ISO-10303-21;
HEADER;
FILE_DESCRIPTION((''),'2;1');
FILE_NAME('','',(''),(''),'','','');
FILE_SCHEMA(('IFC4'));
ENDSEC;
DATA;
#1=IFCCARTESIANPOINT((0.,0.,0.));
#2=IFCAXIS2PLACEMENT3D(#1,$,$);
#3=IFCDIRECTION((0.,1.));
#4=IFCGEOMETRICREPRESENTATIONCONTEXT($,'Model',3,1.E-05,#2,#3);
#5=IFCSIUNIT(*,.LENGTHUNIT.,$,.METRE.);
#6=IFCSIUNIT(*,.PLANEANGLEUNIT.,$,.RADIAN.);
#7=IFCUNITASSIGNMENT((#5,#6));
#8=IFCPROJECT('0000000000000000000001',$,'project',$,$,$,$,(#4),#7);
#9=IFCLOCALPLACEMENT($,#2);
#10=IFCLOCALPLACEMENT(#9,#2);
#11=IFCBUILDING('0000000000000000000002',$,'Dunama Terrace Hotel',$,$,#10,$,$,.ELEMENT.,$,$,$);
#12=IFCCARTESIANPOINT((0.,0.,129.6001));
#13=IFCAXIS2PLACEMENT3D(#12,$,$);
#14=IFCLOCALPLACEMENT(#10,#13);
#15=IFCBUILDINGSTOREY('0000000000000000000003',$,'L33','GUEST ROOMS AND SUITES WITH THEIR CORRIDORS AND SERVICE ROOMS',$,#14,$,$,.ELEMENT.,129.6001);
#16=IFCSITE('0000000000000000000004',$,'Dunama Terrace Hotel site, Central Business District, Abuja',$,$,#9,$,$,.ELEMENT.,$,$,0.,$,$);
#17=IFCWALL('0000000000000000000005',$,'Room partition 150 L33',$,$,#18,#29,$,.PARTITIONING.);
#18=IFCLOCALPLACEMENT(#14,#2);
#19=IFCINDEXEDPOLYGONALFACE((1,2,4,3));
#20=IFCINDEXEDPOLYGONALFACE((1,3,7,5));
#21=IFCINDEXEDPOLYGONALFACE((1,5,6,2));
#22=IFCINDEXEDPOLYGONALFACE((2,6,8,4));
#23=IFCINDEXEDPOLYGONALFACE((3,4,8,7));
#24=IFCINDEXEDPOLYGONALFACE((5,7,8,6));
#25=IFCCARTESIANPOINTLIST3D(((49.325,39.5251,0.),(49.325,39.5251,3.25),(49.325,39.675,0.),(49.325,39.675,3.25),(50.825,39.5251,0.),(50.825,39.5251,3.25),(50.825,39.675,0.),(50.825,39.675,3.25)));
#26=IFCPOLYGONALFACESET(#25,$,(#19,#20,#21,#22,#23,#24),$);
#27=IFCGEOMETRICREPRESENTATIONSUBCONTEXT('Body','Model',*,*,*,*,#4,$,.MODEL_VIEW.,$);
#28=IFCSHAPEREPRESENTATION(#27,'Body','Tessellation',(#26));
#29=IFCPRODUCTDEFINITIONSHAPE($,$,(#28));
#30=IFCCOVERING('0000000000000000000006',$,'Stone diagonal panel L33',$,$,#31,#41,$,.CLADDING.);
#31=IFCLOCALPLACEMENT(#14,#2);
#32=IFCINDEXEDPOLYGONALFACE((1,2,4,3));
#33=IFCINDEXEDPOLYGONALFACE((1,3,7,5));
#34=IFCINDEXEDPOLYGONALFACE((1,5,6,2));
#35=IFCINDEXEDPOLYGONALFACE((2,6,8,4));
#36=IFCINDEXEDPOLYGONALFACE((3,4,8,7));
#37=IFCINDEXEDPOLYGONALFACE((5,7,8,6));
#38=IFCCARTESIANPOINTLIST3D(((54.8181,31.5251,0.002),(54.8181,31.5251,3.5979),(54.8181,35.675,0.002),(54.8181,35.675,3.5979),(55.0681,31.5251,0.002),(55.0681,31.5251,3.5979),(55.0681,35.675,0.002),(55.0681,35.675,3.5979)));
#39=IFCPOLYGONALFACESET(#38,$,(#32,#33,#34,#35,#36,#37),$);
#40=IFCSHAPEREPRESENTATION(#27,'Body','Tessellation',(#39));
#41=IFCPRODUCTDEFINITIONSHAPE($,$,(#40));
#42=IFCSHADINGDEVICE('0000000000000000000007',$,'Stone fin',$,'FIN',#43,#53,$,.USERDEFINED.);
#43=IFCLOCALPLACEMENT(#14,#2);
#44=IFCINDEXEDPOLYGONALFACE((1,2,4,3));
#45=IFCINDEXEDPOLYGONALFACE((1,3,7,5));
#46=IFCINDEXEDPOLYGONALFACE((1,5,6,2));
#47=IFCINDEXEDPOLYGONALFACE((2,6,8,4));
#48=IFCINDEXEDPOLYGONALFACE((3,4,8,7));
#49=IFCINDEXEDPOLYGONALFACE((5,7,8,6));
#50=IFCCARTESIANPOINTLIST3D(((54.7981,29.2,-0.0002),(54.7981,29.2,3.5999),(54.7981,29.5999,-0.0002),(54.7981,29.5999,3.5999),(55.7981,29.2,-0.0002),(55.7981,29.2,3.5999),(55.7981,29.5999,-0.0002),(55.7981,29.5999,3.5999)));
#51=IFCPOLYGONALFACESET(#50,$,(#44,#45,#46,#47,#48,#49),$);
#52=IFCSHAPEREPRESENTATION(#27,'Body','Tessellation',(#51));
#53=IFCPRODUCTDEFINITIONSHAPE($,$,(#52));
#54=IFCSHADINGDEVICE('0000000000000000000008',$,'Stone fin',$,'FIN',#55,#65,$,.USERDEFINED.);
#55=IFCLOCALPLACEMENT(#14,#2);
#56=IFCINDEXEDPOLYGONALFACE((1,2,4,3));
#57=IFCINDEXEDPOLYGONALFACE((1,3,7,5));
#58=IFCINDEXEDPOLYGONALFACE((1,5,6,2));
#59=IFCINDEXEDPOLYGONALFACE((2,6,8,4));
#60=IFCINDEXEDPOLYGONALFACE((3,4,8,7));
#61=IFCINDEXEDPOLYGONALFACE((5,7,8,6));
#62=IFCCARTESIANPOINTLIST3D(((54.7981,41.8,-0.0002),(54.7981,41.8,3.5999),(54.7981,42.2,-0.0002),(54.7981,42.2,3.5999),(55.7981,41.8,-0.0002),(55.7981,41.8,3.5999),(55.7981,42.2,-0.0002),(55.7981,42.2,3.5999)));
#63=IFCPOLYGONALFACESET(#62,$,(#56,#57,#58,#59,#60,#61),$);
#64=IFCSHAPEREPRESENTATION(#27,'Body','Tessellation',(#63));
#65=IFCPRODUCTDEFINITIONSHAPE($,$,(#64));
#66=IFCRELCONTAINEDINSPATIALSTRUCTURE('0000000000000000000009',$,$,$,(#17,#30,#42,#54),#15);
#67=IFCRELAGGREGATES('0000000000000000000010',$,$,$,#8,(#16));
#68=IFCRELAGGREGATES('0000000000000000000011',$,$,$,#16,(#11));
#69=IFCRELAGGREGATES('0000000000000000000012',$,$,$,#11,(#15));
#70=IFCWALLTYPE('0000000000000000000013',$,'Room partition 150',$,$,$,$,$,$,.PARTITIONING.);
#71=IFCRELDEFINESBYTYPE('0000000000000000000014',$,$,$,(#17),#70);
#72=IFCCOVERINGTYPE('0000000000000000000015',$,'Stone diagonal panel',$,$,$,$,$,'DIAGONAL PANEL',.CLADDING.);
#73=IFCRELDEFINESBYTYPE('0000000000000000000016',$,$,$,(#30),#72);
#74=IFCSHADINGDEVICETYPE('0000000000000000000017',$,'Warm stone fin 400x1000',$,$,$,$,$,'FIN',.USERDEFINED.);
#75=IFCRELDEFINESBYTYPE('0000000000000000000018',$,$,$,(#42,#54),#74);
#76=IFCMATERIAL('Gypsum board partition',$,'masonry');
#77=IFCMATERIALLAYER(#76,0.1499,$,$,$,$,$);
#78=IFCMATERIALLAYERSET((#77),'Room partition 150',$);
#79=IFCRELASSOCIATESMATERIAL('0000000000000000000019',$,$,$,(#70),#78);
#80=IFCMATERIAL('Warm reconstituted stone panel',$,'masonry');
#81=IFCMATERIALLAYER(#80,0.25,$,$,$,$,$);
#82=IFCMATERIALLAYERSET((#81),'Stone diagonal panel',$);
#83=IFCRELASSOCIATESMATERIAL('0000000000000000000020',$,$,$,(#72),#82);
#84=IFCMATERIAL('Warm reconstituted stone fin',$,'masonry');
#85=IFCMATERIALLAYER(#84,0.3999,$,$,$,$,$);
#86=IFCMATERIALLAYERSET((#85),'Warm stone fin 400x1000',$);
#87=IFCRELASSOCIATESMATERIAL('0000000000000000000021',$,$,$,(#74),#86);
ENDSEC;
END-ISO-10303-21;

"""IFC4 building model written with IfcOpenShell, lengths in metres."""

from ifc_helpers import new_model, si_unit, direction, frame, frame_2d, origin, origin_2d, place, context, subcontext, project, spatial, rectangle, extrude, material, layer, layer_set, type_object, element, save


model = new_model("IFC4")

# Units and contexts
model_context = context("Model", 3, precision=1e-05, world=origin(), true_north=direction((0.0, 1.0)))
body_context = subcontext(model_context, "Body", "Model", "MODEL_VIEW")
ifc_project = project(units=[si_unit("LENGTHUNIT", "METRE"), si_unit("PLANEANGLEUNIT", "RADIAN")], contexts=[model_context])

# Site, building, storey
site_placement = place(None, origin())
site = spatial("IfcSite", under=ifc_project, at=site_placement, Name="Dunama Terrace Hotel site, Central Business District, Abuja", CompositionType="ELEMENT", RefElevation=0.0)
building_placement = place(site_placement, origin())
building = spatial("IfcBuilding", under=site, at=building_placement, Name="Dunama Terrace Hotel", CompositionType="ELEMENT")
storey_placement = place(building_placement, frame((0.0, 0.0, 129.6001)))
storey = spatial("IfcBuildingStorey", under=building, at=storey_placement, Name="L33", Description="GUEST ROOMS AND SUITES WITH THEIR CORRIDORS AND SERVICE ROOMS", CompositionType="ELEMENT", Elevation=129.6001)

# Shared definitions
ifc_material_1 = material(Name="Gypsum board partition", Category="masonry")
ifc_layer_1 = layer(ifc_material_1, 0.1499)
ifc_layer_set_1 = layer_set([ifc_layer_1], Name="Room partition 150")
wall_type_1 = type_object("IfcWallType", Name="Room partition 150", PredefinedType="PARTITIONING", material=ifc_layer_set_1)

# Wall
wall_1_placement = place(storey_placement, frame((49.325, 39.6001, 0.0), z_axis=(0.0, 0.0, 1.0), x_axis=(1.0, 0.0, 0.0)))
element("IfcWall", 1, at=wall_1_placement, inside=storey, type_object=wall_type_1, Name="Room partition 150 L33", PredefinedType="PARTITIONING", context=body_context, shape_type="SweptSolid", body=[
    extrude(rectangle(XDim=1.5, YDim=0.1499, at=frame_2d((0.75, 0.0))), origin(), (0.0, 0.0, 1.0), 3.25),
])

# Covering
ifc_material_2 = material(Name="Warm reconstituted stone panel", Category="masonry")
ifc_layer_2 = layer(ifc_material_2, 0.25)
ifc_layer_set_2 = layer_set([ifc_layer_2], Name="Stone diagonal panel")
covering_type = type_object("IfcCoveringType", Name="Stone diagonal panel", ElementType="DIAGONAL PANEL", PredefinedType="CLADDING", material=ifc_layer_set_2)
covering_placement = place(storey_placement, frame((54.9431, 33.6001, 0.002), z_axis=(0.0, 0.0, 1.0), x_axis=(0.0, 1.0, 0.0)))
element("IfcCovering", 2, at=covering_placement, inside=storey, type_object=covering_type, Name="Stone diagonal panel L33", PredefinedType="CLADDING", context=body_context, shape_type="SweptSolid", body=[
    extrude(rectangle(XDim=4.1499, YDim=0.25, at=origin_2d()), origin(), (0.0, 0.0, 1.0), 3.5959),
])

# Shading devices
ifc_material_3 = material(Name="Warm reconstituted stone fin", Category="masonry")
ifc_layer_3 = layer(ifc_material_3, 0.3999)
ifc_layer_set_3 = layer_set([ifc_layer_3], Name="Warm stone fin 400x1000")
shading_device_type = type_object("IfcShadingDeviceType", Name="Warm stone fin 400x1000", ElementType="FIN", PredefinedType="USERDEFINED", material=ifc_layer_set_3)
for number, where, z_axis, x_axis, name in (
    (3, (55.2981, 29.3999, -0.0002), (0.0, 0.0, 1.0), (0.0, 1.0, 0.0), "Stone fin"),
    (4, (55.2981, 42.0, -0.0002), (0.0, 0.0, 1.0), (0.0, 1.0, 0.0), "Stone fin"),
):
    element("IfcShadingDevice", number, at=place(storey_placement, frame(where, z_axis=z_axis, x_axis=x_axis)), inside=storey, type_object=shading_device_type, Name=name, ObjectType="FIN", PredefinedType="USERDEFINED", context=body_context, shape_type="SweptSolid", body=[
        extrude(rectangle(XDim=0.3999, YDim=1.0, at=origin_2d()), origin(), (0.0, 0.0, 1.0), 3.6001),
    ])

save(model, "model.ifc")
